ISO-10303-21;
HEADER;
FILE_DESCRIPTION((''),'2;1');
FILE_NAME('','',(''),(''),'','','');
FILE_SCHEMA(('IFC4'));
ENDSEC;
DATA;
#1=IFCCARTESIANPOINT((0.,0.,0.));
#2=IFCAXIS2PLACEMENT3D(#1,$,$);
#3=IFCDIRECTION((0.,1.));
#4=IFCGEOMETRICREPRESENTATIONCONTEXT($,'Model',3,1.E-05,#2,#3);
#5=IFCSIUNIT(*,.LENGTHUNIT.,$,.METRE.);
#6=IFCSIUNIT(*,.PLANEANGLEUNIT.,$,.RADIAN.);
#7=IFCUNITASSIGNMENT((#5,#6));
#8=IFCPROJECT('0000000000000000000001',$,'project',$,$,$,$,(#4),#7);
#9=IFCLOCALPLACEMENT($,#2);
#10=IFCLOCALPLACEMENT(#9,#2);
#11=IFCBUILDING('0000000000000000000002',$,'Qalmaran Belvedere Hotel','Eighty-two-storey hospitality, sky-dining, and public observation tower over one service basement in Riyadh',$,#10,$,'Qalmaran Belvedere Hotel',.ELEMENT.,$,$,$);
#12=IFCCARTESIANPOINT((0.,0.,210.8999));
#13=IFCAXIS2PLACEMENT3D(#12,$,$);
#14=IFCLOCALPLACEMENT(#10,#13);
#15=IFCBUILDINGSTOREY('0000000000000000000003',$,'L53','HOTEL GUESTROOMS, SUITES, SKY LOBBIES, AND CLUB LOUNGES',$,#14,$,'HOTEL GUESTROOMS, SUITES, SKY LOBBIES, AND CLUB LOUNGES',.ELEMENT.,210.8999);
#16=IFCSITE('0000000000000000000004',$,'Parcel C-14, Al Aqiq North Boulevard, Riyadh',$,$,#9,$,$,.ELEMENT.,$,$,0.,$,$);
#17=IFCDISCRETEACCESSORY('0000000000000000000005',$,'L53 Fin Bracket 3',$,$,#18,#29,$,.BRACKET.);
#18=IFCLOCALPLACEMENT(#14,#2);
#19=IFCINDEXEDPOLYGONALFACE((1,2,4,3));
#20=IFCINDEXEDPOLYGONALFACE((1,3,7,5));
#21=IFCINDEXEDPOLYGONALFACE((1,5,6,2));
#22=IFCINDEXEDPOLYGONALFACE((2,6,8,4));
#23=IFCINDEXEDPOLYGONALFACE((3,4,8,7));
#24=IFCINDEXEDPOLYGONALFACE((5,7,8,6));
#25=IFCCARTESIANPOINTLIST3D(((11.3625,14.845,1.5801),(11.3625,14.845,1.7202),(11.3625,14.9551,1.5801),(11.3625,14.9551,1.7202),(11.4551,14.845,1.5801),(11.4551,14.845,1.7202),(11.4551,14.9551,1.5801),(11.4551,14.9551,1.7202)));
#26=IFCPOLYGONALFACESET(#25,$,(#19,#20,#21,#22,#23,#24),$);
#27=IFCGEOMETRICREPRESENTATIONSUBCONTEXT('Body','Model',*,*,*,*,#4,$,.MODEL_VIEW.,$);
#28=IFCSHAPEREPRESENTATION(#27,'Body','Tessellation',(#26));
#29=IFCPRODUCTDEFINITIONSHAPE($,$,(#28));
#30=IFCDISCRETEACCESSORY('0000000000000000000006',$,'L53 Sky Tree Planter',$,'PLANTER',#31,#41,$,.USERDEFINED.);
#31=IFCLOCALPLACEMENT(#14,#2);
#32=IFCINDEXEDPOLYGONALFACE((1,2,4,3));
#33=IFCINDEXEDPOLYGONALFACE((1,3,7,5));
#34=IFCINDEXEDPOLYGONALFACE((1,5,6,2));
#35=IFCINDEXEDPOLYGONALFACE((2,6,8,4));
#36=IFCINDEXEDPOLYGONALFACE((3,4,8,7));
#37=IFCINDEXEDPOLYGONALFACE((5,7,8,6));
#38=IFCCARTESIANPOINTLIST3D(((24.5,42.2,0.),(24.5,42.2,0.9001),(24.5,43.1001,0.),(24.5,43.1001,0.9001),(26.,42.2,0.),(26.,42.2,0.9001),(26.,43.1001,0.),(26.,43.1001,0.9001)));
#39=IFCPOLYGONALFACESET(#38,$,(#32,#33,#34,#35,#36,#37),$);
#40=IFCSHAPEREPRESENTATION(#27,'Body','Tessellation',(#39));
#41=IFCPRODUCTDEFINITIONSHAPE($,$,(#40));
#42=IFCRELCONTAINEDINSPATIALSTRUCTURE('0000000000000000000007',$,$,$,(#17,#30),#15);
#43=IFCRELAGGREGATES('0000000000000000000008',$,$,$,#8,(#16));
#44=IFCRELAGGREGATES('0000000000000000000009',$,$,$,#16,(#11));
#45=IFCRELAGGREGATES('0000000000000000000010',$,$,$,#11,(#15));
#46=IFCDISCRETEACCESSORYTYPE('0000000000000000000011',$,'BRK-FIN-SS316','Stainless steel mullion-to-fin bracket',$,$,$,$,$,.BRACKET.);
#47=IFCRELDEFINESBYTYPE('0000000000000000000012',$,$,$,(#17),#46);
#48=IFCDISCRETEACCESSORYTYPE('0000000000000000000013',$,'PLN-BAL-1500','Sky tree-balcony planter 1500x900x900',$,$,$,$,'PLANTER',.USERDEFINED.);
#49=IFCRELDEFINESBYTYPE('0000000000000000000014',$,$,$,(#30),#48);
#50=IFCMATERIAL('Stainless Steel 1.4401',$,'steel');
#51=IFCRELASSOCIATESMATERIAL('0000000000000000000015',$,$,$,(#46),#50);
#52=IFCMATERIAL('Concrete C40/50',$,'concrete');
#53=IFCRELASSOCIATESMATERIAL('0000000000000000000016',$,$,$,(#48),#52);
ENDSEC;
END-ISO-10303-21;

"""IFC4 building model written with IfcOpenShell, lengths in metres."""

from ifc_helpers import new_model, si_unit, direction, frame, origin, place, context, subcontext, project, spatial, polyline, outline, extrude, material, type_object, element, save


model = new_model("IFC4")

# Units and contexts
model_context = context("Model", 3, precision=1e-05, world=origin(), true_north=direction((0.0, 1.0)))
body_context = subcontext(model_context, "Body", "Model", "MODEL_VIEW")
ifc_project = project(units=[si_unit("LENGTHUNIT", "METRE"), si_unit("PLANEANGLEUNIT", "RADIAN")], contexts=[model_context])

# Site, building, storey
site_placement = place(None, origin())
site = spatial("IfcSite", under=ifc_project, at=site_placement, Name="Parcel C-14, Al Aqiq North Boulevard, Riyadh", CompositionType="ELEMENT", RefElevation=0.0)
building_placement = place(site_placement, origin())
building = spatial("IfcBuilding", under=site, at=building_placement, Name="Qalmaran Belvedere Hotel", Description="Eighty-two-storey hospitality, sky-dining, and public observation tower over one service basement in Riyadh", LongName="Qalmaran Belvedere Hotel", CompositionType="ELEMENT")
storey_placement = place(building_placement, frame((0.0, 0.0, 210.8999)))
storey = spatial("IfcBuildingStorey", under=building, at=storey_placement, Name="L53", Description="HOTEL GUESTROOMS, SUITES, SKY LOBBIES, AND CLUB LOUNGES", LongName="HOTEL GUESTROOMS, SUITES, SKY LOBBIES, AND CLUB LOUNGES", CompositionType="ELEMENT", Elevation=210.8999)

# Shared definitions
ifc_material_1 = material(Name="Concrete C40/50", Category="concrete")

# Discrete accessories
ifc_material_2 = material(Name="Stainless Steel 1.4401", Category="steel")
discrete_accessory_type_1 = type_object("IfcDiscreteAccessoryType", Name="BRK-FIN-SS316", Description="Stainless steel mullion-to-fin bracket", PredefinedType="BRACKET", material=ifc_material_2)
discrete_accessory_1_placement = place(storey_placement, frame((0.0, 0.0, 1.5801)))
element("IfcDiscreteAccessory", 1, at=discrete_accessory_1_placement, inside=storey, type_object=discrete_accessory_type_1, Name="L53 Fin Bracket 3", PredefinedType="BRACKET", context=body_context, shape_type="SweptSolid", body=[
    extrude(outline(polyline([(11.4551, 14.9551), (11.3625, 14.9551), (11.3625, 14.845), (11.4551, 14.845), (11.4551, 14.9551)])), origin(), (0.0, 0.0, 1.0), 0.1401),
])
discrete_accessory_type_2 = type_object("IfcDiscreteAccessoryType", Name="PLN-BAL-1500", Description="Sky tree-balcony planter 1500x900x900", ElementType="PLANTER", PredefinedType="USERDEFINED", material=ifc_material_1)
discrete_accessory_2_placement = place(storey_placement, origin())
element("IfcDiscreteAccessory", 2, at=discrete_accessory_2_placement, inside=storey, type_object=discrete_accessory_type_2, Name="L53 Sky Tree Planter", ObjectType="PLANTER", PredefinedType="USERDEFINED", context=body_context, shape_type="SweptSolid", body=[
    extrude(outline(polyline([(24.5, 42.2), (26.0, 42.2), (26.0, 43.1001), (24.5, 43.1001), (24.5, 42.2)])), origin(), (0.0, 0.0, 1.0), 0.9001),
])

save(model, "model.ifc")
